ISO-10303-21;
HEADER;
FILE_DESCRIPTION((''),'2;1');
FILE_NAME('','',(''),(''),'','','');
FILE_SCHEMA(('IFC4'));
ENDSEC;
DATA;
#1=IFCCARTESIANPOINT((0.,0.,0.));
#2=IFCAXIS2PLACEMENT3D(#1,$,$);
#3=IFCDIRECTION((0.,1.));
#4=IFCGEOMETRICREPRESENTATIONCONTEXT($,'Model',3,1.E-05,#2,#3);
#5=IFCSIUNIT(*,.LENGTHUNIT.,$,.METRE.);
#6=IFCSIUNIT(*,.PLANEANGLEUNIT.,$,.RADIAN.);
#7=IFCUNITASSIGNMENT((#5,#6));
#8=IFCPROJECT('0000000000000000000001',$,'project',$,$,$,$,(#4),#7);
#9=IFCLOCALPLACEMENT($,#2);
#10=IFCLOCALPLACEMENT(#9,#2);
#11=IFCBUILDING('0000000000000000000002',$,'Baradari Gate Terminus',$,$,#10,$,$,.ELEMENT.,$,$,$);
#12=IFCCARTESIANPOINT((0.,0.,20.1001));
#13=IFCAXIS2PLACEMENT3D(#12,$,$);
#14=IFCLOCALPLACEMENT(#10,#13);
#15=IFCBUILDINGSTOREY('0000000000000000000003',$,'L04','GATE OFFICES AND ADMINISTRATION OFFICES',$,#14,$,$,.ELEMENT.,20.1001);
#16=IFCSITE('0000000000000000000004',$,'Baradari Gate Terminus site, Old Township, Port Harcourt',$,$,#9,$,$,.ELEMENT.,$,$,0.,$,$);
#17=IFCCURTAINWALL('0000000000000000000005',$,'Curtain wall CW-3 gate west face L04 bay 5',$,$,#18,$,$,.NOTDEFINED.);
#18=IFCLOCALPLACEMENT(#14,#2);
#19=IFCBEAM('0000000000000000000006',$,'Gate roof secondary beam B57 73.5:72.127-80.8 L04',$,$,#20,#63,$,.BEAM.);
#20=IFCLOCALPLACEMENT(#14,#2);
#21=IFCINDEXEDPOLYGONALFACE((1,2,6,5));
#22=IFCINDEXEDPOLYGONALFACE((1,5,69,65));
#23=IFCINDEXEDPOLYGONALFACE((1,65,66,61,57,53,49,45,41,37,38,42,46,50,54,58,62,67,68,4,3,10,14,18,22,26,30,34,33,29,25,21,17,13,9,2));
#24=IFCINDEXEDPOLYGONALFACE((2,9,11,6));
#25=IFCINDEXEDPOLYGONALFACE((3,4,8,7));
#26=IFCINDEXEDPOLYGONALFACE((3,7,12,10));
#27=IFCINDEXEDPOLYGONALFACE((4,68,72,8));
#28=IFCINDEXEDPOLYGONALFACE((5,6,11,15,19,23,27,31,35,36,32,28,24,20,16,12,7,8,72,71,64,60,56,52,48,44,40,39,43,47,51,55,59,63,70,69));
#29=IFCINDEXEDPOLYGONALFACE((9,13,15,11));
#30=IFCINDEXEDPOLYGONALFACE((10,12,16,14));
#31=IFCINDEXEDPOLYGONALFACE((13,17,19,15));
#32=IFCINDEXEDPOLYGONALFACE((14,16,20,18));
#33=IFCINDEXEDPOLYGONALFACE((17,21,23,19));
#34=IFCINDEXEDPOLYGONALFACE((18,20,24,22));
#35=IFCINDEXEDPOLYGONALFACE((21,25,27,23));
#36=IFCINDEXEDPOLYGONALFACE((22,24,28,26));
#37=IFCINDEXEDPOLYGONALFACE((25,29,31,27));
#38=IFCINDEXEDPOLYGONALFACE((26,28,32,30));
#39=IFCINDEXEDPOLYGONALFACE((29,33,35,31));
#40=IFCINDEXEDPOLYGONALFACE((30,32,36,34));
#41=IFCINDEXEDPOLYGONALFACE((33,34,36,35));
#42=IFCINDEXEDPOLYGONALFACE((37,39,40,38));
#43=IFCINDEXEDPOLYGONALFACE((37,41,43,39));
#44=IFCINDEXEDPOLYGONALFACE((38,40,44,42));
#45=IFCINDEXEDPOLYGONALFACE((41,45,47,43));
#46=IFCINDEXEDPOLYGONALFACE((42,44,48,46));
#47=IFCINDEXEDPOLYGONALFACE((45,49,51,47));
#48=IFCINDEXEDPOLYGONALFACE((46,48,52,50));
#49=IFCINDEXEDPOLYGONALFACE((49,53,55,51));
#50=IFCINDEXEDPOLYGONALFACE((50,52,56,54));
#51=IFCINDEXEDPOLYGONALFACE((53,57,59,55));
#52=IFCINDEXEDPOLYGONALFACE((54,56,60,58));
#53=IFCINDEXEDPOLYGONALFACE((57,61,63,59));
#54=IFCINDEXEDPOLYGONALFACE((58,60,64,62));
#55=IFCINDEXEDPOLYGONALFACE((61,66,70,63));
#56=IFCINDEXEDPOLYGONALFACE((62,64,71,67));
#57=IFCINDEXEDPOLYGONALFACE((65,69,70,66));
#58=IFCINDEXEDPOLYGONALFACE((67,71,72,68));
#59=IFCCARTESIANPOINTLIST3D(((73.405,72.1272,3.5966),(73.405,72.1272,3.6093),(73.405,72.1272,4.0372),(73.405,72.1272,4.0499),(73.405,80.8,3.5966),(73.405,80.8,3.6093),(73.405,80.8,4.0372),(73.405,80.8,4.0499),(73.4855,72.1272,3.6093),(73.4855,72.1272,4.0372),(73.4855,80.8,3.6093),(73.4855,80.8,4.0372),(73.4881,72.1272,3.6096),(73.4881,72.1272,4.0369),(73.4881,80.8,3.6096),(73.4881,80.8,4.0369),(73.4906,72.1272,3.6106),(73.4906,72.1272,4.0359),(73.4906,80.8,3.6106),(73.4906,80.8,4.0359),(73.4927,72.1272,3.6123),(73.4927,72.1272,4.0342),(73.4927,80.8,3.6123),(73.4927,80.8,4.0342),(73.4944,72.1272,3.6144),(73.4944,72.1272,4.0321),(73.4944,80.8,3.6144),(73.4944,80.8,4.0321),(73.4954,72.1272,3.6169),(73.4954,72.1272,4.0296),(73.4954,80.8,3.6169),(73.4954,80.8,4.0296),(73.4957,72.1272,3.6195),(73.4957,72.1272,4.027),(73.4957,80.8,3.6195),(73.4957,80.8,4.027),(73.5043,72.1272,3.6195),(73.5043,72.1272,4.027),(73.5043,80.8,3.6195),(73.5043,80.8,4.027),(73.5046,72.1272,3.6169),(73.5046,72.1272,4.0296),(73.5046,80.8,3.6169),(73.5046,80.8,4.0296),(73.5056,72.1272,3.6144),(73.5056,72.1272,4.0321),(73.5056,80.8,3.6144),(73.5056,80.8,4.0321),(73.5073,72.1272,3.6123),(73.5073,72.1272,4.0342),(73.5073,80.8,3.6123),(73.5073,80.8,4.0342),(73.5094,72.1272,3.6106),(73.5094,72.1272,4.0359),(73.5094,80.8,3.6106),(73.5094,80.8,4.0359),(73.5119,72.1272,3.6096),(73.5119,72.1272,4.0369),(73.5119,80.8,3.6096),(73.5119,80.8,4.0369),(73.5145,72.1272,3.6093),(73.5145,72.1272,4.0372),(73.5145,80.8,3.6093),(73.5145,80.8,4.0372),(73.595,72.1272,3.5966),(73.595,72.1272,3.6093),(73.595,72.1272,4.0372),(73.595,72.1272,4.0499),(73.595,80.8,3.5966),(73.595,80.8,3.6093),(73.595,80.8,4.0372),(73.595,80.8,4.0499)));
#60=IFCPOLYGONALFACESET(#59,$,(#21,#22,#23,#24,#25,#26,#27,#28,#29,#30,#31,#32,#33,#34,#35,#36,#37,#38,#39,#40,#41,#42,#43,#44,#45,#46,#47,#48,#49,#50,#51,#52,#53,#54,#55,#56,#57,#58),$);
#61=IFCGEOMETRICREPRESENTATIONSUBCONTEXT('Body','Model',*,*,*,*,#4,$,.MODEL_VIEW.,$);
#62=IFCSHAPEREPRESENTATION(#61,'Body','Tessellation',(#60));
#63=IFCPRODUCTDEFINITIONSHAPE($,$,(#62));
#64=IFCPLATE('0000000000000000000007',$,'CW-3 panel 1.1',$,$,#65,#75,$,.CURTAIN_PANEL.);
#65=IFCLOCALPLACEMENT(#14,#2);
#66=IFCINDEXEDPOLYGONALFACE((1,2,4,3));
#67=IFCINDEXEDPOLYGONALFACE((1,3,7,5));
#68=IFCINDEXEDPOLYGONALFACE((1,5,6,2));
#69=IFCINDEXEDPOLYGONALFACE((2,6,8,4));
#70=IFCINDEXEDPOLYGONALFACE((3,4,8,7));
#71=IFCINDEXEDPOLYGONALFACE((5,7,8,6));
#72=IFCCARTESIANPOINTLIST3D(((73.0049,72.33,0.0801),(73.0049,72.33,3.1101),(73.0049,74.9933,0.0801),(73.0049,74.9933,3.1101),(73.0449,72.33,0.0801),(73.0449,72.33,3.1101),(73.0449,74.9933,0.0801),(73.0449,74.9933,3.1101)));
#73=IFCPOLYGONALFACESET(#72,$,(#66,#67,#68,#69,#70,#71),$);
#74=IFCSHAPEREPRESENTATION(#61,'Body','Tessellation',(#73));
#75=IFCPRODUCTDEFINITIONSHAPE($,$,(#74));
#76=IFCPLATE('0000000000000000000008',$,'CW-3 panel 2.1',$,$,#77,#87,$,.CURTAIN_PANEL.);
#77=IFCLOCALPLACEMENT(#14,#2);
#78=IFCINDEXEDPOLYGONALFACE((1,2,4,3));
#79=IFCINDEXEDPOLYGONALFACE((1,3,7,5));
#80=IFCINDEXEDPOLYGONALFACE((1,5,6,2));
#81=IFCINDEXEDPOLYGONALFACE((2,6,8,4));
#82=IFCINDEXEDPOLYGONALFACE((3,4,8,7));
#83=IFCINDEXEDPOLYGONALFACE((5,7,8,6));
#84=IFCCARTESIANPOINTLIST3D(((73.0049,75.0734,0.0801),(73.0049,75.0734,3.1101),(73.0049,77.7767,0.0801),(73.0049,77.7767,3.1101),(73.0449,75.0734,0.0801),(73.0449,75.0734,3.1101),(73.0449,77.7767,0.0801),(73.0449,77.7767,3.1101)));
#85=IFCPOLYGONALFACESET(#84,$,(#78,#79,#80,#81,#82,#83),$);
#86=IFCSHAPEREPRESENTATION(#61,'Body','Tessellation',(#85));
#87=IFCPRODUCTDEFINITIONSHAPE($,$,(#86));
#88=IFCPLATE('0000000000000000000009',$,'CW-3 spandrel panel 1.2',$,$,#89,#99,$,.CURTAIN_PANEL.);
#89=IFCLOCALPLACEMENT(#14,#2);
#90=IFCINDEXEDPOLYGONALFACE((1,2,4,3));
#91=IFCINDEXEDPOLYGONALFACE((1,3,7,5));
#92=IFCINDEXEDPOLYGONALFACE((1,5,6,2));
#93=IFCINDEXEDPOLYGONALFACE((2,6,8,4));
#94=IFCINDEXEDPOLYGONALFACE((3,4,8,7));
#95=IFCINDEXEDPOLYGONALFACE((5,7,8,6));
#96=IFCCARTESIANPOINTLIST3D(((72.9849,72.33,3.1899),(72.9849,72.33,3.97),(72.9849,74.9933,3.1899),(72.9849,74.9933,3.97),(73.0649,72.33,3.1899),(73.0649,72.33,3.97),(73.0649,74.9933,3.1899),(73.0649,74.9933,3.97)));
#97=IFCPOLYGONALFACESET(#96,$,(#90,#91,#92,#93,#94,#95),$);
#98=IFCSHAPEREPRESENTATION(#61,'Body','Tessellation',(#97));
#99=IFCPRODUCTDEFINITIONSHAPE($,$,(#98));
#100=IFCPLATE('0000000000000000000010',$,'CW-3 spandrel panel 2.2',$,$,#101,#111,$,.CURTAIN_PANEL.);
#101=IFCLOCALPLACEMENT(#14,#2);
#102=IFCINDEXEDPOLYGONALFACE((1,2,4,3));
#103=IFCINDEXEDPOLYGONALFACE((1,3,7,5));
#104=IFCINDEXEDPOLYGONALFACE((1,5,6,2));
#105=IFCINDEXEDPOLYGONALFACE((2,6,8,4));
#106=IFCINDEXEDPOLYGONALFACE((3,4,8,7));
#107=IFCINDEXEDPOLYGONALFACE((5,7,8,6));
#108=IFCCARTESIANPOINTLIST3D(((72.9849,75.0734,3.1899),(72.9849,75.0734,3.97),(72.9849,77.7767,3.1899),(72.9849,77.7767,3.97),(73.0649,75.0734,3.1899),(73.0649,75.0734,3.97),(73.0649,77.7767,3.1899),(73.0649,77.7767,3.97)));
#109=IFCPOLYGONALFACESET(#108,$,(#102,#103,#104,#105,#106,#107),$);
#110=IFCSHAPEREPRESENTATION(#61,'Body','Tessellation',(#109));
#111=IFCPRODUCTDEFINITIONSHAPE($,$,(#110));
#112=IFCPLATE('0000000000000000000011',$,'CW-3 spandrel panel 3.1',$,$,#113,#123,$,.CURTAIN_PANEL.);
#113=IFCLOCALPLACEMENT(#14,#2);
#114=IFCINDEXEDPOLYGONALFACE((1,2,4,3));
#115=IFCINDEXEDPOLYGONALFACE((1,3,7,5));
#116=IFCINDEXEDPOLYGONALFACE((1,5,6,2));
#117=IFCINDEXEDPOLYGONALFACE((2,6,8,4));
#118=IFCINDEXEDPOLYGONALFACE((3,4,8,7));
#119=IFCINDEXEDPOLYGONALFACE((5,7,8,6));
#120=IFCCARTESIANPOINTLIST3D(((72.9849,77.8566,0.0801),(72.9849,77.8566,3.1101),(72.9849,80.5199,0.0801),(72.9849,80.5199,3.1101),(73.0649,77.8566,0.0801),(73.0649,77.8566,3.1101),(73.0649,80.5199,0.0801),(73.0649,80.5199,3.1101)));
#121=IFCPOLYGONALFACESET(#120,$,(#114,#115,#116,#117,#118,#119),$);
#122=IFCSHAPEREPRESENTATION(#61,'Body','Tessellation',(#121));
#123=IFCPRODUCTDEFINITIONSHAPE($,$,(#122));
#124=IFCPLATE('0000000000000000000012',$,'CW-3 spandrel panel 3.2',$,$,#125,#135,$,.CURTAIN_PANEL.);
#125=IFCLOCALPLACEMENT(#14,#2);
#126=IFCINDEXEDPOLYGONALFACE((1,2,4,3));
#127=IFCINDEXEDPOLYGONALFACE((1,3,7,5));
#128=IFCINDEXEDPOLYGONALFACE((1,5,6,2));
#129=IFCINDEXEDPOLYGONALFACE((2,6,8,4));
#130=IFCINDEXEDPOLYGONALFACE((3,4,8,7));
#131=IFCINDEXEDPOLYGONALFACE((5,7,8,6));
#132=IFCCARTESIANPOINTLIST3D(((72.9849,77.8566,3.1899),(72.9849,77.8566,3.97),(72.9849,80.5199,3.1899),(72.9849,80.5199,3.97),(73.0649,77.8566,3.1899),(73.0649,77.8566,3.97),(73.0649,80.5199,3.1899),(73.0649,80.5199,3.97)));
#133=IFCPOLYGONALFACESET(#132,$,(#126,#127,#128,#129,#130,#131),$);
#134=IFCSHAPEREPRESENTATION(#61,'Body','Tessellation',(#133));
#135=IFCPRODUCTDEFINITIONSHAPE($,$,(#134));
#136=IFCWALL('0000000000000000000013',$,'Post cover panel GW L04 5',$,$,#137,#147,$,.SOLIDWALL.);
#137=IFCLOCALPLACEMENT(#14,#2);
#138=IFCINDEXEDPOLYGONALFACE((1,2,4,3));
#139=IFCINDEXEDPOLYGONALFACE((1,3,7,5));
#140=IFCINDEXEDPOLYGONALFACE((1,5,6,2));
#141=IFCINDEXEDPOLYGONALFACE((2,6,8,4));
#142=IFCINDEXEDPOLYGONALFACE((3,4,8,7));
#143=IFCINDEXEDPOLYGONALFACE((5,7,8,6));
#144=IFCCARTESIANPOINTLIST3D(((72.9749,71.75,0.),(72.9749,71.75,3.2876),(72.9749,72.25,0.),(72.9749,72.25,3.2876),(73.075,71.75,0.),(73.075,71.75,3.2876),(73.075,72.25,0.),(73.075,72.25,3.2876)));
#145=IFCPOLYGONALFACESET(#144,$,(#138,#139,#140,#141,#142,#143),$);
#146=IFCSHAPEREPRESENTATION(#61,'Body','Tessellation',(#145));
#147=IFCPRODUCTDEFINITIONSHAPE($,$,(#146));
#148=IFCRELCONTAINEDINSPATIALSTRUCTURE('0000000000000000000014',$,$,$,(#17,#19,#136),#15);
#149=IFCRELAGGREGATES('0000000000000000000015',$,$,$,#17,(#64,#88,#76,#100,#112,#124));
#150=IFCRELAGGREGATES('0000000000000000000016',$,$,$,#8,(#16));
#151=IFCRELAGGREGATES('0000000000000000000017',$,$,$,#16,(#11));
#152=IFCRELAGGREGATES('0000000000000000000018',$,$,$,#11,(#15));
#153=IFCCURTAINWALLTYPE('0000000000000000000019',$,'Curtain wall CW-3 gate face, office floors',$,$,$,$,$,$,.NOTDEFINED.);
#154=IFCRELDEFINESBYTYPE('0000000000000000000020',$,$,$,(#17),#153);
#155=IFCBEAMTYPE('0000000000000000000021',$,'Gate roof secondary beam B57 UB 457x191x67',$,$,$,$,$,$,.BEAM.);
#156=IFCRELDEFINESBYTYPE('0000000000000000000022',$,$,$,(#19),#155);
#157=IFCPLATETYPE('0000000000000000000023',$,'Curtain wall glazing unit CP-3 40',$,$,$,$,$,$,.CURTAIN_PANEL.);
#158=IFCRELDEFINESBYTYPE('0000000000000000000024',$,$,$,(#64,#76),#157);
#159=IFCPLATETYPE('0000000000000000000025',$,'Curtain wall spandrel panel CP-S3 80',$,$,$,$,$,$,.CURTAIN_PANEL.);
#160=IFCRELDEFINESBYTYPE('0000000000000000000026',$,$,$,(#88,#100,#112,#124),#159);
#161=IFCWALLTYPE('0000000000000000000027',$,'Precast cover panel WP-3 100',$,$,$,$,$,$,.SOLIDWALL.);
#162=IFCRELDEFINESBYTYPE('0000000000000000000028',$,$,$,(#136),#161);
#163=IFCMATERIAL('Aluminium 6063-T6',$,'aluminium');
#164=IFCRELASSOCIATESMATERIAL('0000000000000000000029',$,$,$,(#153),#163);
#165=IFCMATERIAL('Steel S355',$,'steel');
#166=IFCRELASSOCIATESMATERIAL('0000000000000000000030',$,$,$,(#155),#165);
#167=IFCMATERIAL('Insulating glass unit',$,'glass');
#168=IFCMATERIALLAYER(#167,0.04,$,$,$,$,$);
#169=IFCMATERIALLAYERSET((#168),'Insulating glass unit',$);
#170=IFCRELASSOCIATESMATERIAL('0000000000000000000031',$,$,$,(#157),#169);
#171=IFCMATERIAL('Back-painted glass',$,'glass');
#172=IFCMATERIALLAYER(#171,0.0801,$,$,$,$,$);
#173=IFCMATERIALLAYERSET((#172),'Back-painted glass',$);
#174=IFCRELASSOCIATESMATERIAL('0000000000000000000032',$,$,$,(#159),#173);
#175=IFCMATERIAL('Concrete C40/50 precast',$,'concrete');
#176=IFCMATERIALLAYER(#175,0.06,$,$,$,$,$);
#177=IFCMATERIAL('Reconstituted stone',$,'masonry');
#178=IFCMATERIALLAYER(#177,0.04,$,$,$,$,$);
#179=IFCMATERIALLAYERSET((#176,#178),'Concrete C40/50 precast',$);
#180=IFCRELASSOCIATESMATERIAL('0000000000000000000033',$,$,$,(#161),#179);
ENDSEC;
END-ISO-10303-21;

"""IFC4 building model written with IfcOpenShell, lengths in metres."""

from ifc_helpers import new_model, si_unit, direction, frame, frame_2d, origin, origin_2d, place, context, subcontext, project, spatial, rectangle, i_section, extrude, material, layer, layer_set, material_profile, profile_set, type_object, element, aggregate, save


model = new_model("IFC4")

# Units and contexts
model_context = context("Model", 3, precision=1e-05, world=origin(), true_north=direction((0.0, 1.0)))
body_context = subcontext(model_context, "Body", "Model", "MODEL_VIEW")
ifc_project = project(units=[si_unit("LENGTHUNIT", "METRE"), si_unit("PLANEANGLEUNIT", "RADIAN")], contexts=[model_context])

# Site, building, storey
site_placement = place(None, origin())
site = spatial("IfcSite", under=ifc_project, at=site_placement, Name="Baradari Gate Terminus site, Old Township, Port Harcourt", CompositionType="ELEMENT", RefElevation=0.0)
building_placement = place(site_placement, origin())
building = spatial("IfcBuilding", under=site, at=building_placement, Name="Baradari Gate Terminus", CompositionType="ELEMENT")
storey_placement = place(building_placement, frame((0.0, 0.0, 20.1001)))
storey = spatial("IfcBuildingStorey", under=building, at=storey_placement, Name="L04", Description="GATE OFFICES AND ADMINISTRATION OFFICES", CompositionType="ELEMENT", Elevation=20.1001)

# Curtain wall
ifc_material_1 = material(Name="Aluminium 6063-T6", Category="aluminium")
curtain_wall_type = type_object("IfcCurtainWallType", Name="Curtain wall CW-3 gate face, office floors", PredefinedType="NOTDEFINED", material=ifc_material_1)
curtain_wall_placement = place(storey_placement, origin())
curtain_wall = element("IfcCurtainWall", 1, at=curtain_wall_placement, inside=storey, type_object=curtain_wall_type, Name="Curtain wall CW-3 gate west face L04 bay 5", PredefinedType="NOTDEFINED")

# Beam
ifc_material_2 = material(Name="Steel S355", Category="steel")
ifc_material_profile_1 = material_profile(ifc_material_2, i_section(OverallWidth=0.1899, OverallDepth=0.4534, WebThickness=0.0085, FlangeThickness=0.0127, FilletRadius=0.0103, at=origin_2d()), Name="UB 457x191x67")
ifc_profile_set_1 = profile_set([ifc_material_profile_1], Name="Steel S355")
beam_type = type_object("IfcBeamType", Name="Gate roof secondary beam B57 UB 457x191x67", PredefinedType="BEAM", material=ifc_profile_set_1)
beam_placement = place(storey_placement, frame((73.5, 72.1272, 3.8232), z_axis=(0.0, 1.0, 0.0), x_axis=(-1.0, 0.0, 0.0)))
element("IfcBeam", 2, at=beam_placement, inside=storey, type_object=beam_type, Name="Gate roof secondary beam B57 73.5:72.127-80.8 L04", PredefinedType="BEAM", context=body_context, shape_type="SweptSolid", body=[
    extrude(i_section(OverallWidth=0.1899, OverallDepth=0.4534, WebThickness=0.0085, FlangeThickness=0.0127, FilletRadius=0.0103, at=origin_2d()), origin(), (0.0, 0.0, 1.0), 8.6729),
])

# Plates
ifc_material_3 = material(Name="Insulating glass unit", Category="glass")
ifc_layer_1 = layer(ifc_material_3, 0.04)
ifc_layer_set_1 = layer_set([ifc_layer_1], Name="Insulating glass unit")
plate_type_1 = type_object("IfcPlateType", Name="Curtain wall glazing unit CP-3 40", PredefinedType="CURTAIN_PANEL", material=ifc_layer_set_1)
plate_1_placement = place(storey_placement, frame((73.0249, 73.6616, 0.0801), z_axis=(0.0, 0.0, 1.0), x_axis=(0.0, 1.0, 0.0)))
plate_1 = element("IfcPlate", 3, at=plate_1_placement, type_object=plate_type_1, Name="CW-3 panel 1.1", PredefinedType="CURTAIN_PANEL", context=body_context, shape_type="SweptSolid", body=[
    extrude(rectangle(XDim=2.6633, YDim=0.04, at=origin_2d()), origin(), (0.0, 0.0, 1.0), 3.03),
])
plate_2_placement = place(storey_placement, frame((73.0249, 76.425, 0.0801), z_axis=(0.0, 0.0, 1.0), x_axis=(0.0, 1.0, 0.0)))
plate_2 = element("IfcPlate", 4, at=plate_2_placement, type_object=plate_type_1, Name="CW-3 panel 2.1", PredefinedType="CURTAIN_PANEL", context=body_context, shape_type="SweptSolid", body=[
    extrude(rectangle(XDim=2.7034, YDim=0.04, at=origin_2d()), origin(), (0.0, 0.0, 1.0), 3.03),
])
ifc_material_4 = material(Name="Back-painted glass", Category="glass")
ifc_layer_2 = layer(ifc_material_4, 0.0801)
ifc_layer_set_2 = layer_set([ifc_layer_2], Name="Back-painted glass")
plate_type_2 = type_object("IfcPlateType", Name="Curtain wall spandrel panel CP-S3 80", PredefinedType="CURTAIN_PANEL", material=ifc_layer_set_2)
plate_3_placement = place(storey_placement, frame((73.0249, 73.6616, 3.1899), z_axis=(0.0, 0.0, 1.0), x_axis=(0.0, 1.0, 0.0)))
plate_3 = element("IfcPlate", 5, at=plate_3_placement, type_object=plate_type_2, Name="CW-3 spandrel panel 1.2", PredefinedType="CURTAIN_PANEL", context=body_context, shape_type="SweptSolid", body=[
    extrude(rectangle(XDim=2.6633, YDim=0.0801, at=origin_2d()), origin(), (0.0, 0.0, 1.0), 0.78),
])
plate_4_placement = place(storey_placement, frame((73.0249, 76.425, 3.1899), z_axis=(0.0, 0.0, 1.0), x_axis=(0.0, 1.0, 0.0)))
plate_4 = element("IfcPlate", 6, at=plate_4_placement, type_object=plate_type_2, Name="CW-3 spandrel panel 2.2", PredefinedType="CURTAIN_PANEL", context=body_context, shape_type="SweptSolid", body=[
    extrude(rectangle(XDim=2.7034, YDim=0.0801, at=origin_2d()), origin(), (0.0, 0.0, 1.0), 0.78),
])
plate_5_placement = place(storey_placement, frame((73.0249, 79.1882, 0.0801), z_axis=(0.0, 0.0, 1.0), x_axis=(0.0, 1.0, 0.0)))
plate_5 = element("IfcPlate", 7, at=plate_5_placement, type_object=plate_type_2, Name="CW-3 spandrel panel 3.1", PredefinedType="CURTAIN_PANEL", context=body_context, shape_type="SweptSolid", body=[
    extrude(rectangle(XDim=2.6633, YDim=0.0801, at=origin_2d()), origin(), (0.0, 0.0, 1.0), 3.03),
])
plate_6_placement = place(storey_placement, frame((73.0249, 79.1882, 3.1899), z_axis=(0.0, 0.0, 1.0), x_axis=(0.0, 1.0, 0.0)))
plate_6 = element("IfcPlate", 8, at=plate_6_placement, type_object=plate_type_2, Name="CW-3 spandrel panel 3.2", PredefinedType="CURTAIN_PANEL", context=body_context, shape_type="SweptSolid", body=[
    extrude(rectangle(XDim=2.6633, YDim=0.0801, at=origin_2d()), origin(), (0.0, 0.0, 1.0), 0.78),
])
aggregate(curtain_wall, [plate_1, plate_3, plate_2, plate_4, plate_5, plate_6])

# Wall
ifc_material_5 = material(Name="Concrete C40/50 precast", Category="concrete")
ifc_layer_3 = layer(ifc_material_5, 0.06)
ifc_material_6 = material(Name="Reconstituted stone", Category="masonry")
ifc_layer_4 = layer(ifc_material_6, 0.04)
ifc_layer_set_3 = layer_set([ifc_layer_3, ifc_layer_4], Name="Concrete C40/50 precast")
wall_type = type_object("IfcWallType", Name="Precast cover panel WP-3 100", PredefinedType="SOLIDWALL", material=ifc_layer_set_3)
wall_placement = place(storey_placement, frame((73.0249, 71.75, 0.0), z_axis=(0.0, 0.0, 1.0), x_axis=(0.0, 1.0, 0.0)))
element("IfcWall", 9, at=wall_placement, inside=storey, type_object=wall_type, Name="Post cover panel GW L04 5", PredefinedType="SOLIDWALL", context=body_context, shape_type="SweptSolid", body=[
    extrude(rectangle(XDim=0.5, YDim=0.1001, at=frame_2d((0.25, 0.0))), origin(), (0.0, 0.0, 1.0), 3.2876),
])

save(model, "model.ifc")
